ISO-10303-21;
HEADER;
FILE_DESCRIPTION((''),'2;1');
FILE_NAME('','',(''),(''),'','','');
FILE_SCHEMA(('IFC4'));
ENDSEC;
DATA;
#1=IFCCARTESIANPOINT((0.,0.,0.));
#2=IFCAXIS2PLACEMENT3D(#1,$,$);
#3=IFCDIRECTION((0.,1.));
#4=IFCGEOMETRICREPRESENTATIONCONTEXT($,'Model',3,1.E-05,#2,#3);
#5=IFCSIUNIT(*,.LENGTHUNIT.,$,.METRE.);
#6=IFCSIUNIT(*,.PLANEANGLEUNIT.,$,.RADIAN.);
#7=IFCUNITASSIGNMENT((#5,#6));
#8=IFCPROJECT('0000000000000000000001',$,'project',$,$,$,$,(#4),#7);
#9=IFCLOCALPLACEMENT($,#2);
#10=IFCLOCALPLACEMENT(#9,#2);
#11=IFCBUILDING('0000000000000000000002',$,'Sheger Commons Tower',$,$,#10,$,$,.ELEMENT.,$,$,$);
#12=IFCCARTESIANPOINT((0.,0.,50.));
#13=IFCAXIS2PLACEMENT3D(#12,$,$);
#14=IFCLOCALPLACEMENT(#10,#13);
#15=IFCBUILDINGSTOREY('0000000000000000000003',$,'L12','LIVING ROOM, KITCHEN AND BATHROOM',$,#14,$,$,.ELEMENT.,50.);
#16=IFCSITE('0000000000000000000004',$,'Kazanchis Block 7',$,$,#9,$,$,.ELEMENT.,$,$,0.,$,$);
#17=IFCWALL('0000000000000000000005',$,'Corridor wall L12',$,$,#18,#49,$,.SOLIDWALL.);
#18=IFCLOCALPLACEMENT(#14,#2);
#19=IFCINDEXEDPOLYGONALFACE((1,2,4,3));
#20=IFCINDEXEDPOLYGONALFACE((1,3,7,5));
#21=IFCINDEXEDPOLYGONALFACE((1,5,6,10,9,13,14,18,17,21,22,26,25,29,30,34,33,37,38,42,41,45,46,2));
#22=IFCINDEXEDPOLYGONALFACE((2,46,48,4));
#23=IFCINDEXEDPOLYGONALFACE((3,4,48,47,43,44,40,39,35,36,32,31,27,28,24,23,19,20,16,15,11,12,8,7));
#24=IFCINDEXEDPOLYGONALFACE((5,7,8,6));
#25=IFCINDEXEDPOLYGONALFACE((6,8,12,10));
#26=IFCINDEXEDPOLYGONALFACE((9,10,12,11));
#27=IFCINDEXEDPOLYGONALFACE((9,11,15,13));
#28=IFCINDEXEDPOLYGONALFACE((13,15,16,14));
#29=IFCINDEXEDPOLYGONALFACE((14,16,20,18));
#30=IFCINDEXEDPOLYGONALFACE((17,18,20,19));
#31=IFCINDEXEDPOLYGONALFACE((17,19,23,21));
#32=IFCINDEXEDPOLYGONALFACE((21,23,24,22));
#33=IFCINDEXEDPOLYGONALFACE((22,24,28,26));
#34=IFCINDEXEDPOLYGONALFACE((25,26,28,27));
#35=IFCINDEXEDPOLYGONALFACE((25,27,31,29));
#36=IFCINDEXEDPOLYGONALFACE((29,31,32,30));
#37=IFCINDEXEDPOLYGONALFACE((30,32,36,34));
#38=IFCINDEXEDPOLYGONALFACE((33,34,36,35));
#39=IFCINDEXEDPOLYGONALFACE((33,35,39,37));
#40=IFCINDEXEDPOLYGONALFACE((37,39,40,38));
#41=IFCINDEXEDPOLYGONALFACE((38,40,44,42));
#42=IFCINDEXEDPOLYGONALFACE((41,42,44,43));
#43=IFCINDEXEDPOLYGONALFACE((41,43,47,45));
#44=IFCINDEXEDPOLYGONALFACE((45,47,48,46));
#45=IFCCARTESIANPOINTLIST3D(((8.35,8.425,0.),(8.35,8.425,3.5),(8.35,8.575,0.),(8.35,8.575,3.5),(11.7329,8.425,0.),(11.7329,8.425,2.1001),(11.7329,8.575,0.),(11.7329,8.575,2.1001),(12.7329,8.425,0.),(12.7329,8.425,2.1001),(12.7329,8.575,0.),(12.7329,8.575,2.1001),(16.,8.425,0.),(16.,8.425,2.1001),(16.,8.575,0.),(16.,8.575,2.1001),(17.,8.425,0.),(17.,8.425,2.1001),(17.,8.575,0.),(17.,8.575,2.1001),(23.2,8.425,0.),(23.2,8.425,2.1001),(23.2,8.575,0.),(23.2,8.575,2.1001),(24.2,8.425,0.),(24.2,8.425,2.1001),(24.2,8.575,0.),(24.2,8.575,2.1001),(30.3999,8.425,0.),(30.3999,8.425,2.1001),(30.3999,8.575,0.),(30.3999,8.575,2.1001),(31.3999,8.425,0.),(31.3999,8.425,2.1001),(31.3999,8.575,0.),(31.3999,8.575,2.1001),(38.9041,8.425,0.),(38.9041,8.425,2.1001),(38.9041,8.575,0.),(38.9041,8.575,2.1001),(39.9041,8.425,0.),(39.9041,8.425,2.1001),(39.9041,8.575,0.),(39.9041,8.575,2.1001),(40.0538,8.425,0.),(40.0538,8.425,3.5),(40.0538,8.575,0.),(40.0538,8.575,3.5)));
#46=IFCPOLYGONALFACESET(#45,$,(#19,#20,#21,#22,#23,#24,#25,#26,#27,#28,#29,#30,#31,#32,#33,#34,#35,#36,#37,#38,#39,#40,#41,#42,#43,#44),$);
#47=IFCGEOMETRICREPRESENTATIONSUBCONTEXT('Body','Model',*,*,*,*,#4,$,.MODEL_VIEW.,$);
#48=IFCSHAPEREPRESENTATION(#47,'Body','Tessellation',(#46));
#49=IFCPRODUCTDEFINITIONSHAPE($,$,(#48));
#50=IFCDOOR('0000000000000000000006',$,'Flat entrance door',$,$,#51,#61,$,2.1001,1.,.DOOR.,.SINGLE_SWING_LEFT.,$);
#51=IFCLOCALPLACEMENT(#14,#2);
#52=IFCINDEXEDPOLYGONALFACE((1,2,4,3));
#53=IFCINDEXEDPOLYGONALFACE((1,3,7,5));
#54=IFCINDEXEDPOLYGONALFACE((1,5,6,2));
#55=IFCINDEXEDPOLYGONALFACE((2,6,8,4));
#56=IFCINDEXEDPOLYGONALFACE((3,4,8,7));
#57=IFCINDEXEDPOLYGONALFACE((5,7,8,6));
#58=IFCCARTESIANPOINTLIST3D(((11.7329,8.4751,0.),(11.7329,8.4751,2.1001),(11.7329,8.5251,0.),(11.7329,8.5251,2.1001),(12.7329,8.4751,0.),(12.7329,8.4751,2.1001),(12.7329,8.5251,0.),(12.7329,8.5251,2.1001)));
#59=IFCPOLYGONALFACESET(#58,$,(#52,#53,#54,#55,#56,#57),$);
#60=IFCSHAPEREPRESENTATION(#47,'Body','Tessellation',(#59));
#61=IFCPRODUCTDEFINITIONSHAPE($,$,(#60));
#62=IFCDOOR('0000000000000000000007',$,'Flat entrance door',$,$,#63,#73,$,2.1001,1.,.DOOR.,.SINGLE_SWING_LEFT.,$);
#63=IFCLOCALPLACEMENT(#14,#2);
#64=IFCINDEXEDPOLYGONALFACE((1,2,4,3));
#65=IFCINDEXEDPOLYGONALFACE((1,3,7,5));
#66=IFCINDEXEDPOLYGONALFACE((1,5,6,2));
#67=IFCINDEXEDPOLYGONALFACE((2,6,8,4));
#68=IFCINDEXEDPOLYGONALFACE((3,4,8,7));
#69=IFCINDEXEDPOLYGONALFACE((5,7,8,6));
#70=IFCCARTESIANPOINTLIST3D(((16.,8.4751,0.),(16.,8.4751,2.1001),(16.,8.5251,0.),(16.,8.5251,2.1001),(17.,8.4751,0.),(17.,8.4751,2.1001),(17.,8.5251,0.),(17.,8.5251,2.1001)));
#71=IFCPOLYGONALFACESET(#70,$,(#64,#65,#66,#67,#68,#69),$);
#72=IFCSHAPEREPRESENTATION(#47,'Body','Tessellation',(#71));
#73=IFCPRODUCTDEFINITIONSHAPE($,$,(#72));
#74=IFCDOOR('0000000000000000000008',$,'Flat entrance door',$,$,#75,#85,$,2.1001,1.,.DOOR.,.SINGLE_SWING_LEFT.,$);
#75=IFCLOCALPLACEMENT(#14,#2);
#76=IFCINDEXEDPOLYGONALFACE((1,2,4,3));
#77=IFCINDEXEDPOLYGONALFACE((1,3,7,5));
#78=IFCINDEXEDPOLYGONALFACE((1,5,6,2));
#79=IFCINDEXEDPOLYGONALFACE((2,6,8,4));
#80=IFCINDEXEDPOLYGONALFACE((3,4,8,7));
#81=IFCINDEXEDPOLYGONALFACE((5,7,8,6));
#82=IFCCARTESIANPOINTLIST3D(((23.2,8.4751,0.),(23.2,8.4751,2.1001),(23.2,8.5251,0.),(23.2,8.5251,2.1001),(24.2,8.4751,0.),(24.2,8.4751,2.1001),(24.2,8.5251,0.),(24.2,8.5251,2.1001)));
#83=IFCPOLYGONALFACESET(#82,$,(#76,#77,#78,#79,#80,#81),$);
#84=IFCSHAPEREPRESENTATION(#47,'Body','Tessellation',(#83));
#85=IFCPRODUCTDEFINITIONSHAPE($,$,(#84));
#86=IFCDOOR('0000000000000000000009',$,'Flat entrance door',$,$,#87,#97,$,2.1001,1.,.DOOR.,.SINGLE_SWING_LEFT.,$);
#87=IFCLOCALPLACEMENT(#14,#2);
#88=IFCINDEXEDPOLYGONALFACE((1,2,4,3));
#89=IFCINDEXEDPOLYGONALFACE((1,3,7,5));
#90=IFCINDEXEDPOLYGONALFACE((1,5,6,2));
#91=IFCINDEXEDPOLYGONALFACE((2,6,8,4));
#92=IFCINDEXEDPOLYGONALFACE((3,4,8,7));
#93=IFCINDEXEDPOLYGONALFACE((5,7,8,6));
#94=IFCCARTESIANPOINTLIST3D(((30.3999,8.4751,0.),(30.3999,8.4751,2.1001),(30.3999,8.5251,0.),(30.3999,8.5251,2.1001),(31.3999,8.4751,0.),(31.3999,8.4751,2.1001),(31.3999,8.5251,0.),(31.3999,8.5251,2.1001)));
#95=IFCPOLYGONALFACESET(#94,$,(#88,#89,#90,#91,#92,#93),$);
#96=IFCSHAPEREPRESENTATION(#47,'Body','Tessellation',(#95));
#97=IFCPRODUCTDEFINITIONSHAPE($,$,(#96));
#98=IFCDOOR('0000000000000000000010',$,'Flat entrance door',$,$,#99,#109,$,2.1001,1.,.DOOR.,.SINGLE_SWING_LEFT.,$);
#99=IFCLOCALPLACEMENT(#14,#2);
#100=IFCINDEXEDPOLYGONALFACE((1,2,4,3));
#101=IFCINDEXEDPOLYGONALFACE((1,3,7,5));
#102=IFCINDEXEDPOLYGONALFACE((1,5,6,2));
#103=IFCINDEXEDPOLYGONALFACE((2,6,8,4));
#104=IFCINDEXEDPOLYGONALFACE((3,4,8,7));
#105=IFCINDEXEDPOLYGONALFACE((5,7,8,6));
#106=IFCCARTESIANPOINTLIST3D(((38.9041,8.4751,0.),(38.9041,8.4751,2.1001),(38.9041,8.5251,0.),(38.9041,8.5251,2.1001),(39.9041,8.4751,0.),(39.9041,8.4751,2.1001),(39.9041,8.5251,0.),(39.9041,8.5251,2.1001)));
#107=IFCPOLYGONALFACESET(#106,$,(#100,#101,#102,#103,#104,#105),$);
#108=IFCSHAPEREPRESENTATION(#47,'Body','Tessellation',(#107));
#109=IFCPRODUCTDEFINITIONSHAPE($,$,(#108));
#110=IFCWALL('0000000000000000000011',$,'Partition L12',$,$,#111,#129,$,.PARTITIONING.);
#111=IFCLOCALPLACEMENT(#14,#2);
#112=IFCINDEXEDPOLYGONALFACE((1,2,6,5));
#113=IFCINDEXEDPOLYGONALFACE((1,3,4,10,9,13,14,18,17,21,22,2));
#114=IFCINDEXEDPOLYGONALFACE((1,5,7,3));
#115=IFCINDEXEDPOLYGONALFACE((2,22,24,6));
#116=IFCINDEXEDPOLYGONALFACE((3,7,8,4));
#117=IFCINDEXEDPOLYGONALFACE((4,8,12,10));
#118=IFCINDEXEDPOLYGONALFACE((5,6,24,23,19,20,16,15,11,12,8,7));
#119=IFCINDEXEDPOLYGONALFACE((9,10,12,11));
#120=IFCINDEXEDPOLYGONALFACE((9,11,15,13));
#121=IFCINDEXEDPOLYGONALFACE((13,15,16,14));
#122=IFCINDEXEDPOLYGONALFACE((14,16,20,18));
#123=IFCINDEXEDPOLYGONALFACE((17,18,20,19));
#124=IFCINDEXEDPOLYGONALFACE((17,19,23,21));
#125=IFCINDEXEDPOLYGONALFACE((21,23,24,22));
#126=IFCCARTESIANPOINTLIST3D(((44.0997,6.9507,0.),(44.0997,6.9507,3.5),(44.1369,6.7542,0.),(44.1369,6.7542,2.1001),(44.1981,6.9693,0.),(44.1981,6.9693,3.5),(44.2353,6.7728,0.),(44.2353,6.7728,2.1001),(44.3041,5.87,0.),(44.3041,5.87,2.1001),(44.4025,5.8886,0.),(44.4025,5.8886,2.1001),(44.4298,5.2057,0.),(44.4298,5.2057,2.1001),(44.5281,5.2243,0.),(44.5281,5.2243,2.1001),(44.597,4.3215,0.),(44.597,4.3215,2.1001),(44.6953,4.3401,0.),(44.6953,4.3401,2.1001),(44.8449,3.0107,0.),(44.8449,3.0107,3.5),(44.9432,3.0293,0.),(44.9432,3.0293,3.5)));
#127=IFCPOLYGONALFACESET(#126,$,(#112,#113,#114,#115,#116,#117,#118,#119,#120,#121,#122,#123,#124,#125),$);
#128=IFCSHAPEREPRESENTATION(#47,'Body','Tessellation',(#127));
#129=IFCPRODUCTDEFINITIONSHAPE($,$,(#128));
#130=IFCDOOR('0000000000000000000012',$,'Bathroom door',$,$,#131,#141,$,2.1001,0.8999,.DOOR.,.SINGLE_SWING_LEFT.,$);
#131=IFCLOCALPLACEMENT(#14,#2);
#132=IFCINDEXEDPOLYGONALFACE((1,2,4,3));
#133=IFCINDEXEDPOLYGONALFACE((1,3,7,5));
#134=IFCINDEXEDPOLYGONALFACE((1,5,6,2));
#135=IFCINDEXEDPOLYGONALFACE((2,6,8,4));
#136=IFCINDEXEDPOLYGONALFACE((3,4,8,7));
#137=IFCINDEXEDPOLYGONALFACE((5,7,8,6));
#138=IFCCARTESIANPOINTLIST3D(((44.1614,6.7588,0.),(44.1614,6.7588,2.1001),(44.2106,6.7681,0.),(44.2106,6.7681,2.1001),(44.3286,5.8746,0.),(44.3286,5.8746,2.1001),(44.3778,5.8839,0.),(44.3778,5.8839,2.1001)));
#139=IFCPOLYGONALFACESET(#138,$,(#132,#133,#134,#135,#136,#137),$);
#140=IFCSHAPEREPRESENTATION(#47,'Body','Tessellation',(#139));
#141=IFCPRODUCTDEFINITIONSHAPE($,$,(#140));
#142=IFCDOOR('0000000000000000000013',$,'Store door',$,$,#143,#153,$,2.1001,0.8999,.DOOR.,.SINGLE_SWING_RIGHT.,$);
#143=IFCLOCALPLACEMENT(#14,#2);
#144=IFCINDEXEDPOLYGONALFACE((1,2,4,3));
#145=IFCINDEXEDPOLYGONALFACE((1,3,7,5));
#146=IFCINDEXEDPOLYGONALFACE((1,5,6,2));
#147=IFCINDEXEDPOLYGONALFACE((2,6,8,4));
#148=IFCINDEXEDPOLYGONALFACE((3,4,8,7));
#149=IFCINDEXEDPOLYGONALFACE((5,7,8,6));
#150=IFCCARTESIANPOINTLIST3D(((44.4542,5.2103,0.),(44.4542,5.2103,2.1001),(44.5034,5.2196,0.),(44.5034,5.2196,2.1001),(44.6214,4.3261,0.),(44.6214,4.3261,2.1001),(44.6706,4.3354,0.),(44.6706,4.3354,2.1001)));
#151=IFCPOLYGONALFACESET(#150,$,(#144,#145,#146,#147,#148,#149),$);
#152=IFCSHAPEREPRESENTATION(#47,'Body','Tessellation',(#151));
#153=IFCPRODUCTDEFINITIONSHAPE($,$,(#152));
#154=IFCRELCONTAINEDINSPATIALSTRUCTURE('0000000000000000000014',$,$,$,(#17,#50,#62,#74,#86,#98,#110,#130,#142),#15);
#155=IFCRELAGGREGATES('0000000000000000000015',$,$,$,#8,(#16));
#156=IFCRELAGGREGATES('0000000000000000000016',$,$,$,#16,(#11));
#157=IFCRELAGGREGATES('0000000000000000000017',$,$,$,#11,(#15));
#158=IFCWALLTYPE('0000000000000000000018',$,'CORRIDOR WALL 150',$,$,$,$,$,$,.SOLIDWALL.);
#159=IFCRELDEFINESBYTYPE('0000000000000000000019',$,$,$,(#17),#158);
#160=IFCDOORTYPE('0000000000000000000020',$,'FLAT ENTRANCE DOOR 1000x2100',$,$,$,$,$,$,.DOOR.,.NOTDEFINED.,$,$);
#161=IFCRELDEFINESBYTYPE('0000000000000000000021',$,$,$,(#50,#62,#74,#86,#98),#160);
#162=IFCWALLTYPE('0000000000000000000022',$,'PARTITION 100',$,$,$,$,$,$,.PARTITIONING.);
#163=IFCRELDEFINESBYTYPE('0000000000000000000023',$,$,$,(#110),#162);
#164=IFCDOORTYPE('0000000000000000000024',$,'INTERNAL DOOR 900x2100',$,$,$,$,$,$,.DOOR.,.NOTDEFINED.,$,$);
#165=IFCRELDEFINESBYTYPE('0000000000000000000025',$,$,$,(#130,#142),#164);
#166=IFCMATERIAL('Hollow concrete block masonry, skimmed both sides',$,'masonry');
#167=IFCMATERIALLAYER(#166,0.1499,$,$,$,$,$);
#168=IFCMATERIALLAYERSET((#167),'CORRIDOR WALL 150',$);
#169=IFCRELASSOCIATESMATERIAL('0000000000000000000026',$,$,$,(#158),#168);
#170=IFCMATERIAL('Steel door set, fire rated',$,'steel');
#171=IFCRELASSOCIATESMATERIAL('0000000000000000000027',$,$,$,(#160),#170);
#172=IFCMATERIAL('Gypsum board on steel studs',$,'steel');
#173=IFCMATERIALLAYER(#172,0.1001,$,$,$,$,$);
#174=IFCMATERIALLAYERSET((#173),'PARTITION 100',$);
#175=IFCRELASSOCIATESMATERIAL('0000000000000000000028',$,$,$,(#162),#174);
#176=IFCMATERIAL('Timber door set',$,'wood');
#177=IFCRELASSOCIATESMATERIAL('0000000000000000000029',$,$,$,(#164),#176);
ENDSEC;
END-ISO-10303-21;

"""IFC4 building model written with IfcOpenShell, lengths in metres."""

from ifc_helpers import new_model, si_unit, direction, frame, frame_2d, origin, place, context, subcontext, project, spatial, rectangle, extrude, material, layer, layer_set, type_object, element, fill, save


model = new_model("IFC4")

# Units and contexts
model_context = context("Model", 3, precision=1e-05, world=origin(), true_north=direction((0.0, 1.0)))
body_context = subcontext(model_context, "Body", "Model", "MODEL_VIEW")
ifc_project = project(units=[si_unit("LENGTHUNIT", "METRE"), si_unit("PLANEANGLEUNIT", "RADIAN")], contexts=[model_context])

# Site, building, storey
site_placement = place(None, origin())
site = spatial("IfcSite", under=ifc_project, at=site_placement, Name="Kazanchis Block 7", CompositionType="ELEMENT", RefElevation=0.0)
building_placement = place(site_placement, origin())
building = spatial("IfcBuilding", under=site, at=building_placement, Name="Sheger Commons Tower", CompositionType="ELEMENT")
storey_placement = place(building_placement, frame((0.0, 0.0, 50.0)))
storey = spatial("IfcBuildingStorey", under=building, at=storey_placement, Name="L12", Description="LIVING ROOM, KITCHEN AND BATHROOM", CompositionType="ELEMENT", Elevation=50.0)

# Walls, openings, doors
ifc_material_1 = material(Name="Hollow concrete block masonry, skimmed both sides", Category="masonry")
ifc_layer_1 = layer(ifc_material_1, 0.1499)
ifc_layer_set_1 = layer_set([ifc_layer_1], Name="CORRIDOR WALL 150")
wall_type_1 = type_object("IfcWallType", Name="CORRIDOR WALL 150", PredefinedType="SOLIDWALL", material=ifc_layer_set_1)
wall_1_placement = place(storey_placement, frame((40.054, 8.5, 0.0), z_axis=(0.0, 0.0, 1.0), x_axis=(-1.0, 0.0, 0.0)))
wall_1 = element("IfcWall", 1, at=wall_1_placement, inside=storey, type_object=wall_type_1, Name="Corridor wall L12", PredefinedType="SOLIDWALL", context=body_context, shape_type="SweptSolid", body=[
    extrude(rectangle(XDim=31.7039, YDim=0.1499, at=frame_2d((15.8521, 0.0))), origin(), (0.0, 0.0, 1.0), 3.5),
])
opening_1_placement = place(wall_1_placement, frame((27.321, 0.0, 0.0)))
opening_1 = element("IfcOpeningElement", 2, at=opening_1_placement, cuts=wall_1, PredefinedType="OPENING", context=body_context, shape_type="SweptSolid", body=[
    extrude(rectangle(XDim=1.0, YDim=2.1001, at=frame_2d((0.5, 1.05))), frame((0.0, 0.085, 0.0), z_axis=(0.0, -1.0, 0.0), x_axis=(1.0, 0.0, 0.0)), (0.0, 0.0, 1.0), 0.1699),
])
opening_2_placement = place(wall_1_placement, frame((23.054, 0.0, 0.0)))
opening_2 = element("IfcOpeningElement", 3, at=opening_2_placement, cuts=wall_1, PredefinedType="OPENING", context=body_context, shape_type="SweptSolid", body=[
    extrude(rectangle(XDim=1.0, YDim=2.1001, at=frame_2d((0.5, 1.05))), frame((0.0, 0.085, 0.0), z_axis=(0.0, -1.0, 0.0), x_axis=(1.0, 0.0, 0.0)), (0.0, 0.0, 1.0), 0.1699),
])
opening_3_placement = place(wall_1_placement, frame((15.854, 0.0, 0.0)))
opening_3 = element("IfcOpeningElement", 4, at=opening_3_placement, cuts=wall_1, PredefinedType="OPENING", context=body_context, shape_type="SweptSolid", body=[
    extrude(rectangle(XDim=1.0, YDim=2.1001, at=frame_2d((0.5, 1.05))), frame((0.0, 0.085, 0.0), z_axis=(0.0, -1.0, 0.0), x_axis=(1.0, 0.0, 0.0)), (0.0, 0.0, 1.0), 0.1699),
])
opening_4_placement = place(wall_1_placement, frame((8.6541, 0.0, 0.0)))
opening_4 = element("IfcOpeningElement", 5, at=opening_4_placement, cuts=wall_1, PredefinedType="OPENING", context=body_context, shape_type="SweptSolid", body=[
    extrude(rectangle(XDim=1.0, YDim=2.1001, at=frame_2d((0.5, 1.05))), frame((0.0, 0.085, 0.0), z_axis=(0.0, -1.0, 0.0), x_axis=(1.0, 0.0, 0.0)), (0.0, 0.0, 1.0), 0.1699),
])
opening_5_placement = place(wall_1_placement, frame((0.1499, 0.0, 0.0)))
opening_5 = element("IfcOpeningElement", 6, at=opening_5_placement, cuts=wall_1, PredefinedType="OPENING", context=body_context, shape_type="SweptSolid", body=[
    extrude(rectangle(XDim=1.0, YDim=2.1001, at=frame_2d((0.5, 1.05))), frame((0.0, 0.085, 0.0), z_axis=(0.0, -1.0, 0.0), x_axis=(1.0, 0.0, 0.0)), (0.0, 0.0, 1.0), 0.1699),
])
ifc_material_2 = material(Name="Steel door set, fire rated", Category="steel")
door_type_1 = type_object("IfcDoorType", Name="FLAT ENTRANCE DOOR 1000x2100", OperationType="NOTDEFINED", PredefinedType="DOOR", material=ifc_material_2)
door_1_placement = place(opening_1_placement, origin())
door_1 = element("IfcDoor", 7, at=door_1_placement, inside=storey, type_object=door_type_1, Name="Flat entrance door", OperationType="SINGLE_SWING_LEFT", OverallHeight=2.1001, OverallWidth=1.0, PredefinedType="DOOR", context=body_context, shape_type="SweptSolid", body=[
    extrude(rectangle(XDim=1.0, YDim=2.1001, at=frame_2d((0.5, 1.05))), frame((0.0, 0.0249, 0.0), z_axis=(0.0, -1.0, 0.0), x_axis=(1.0, 0.0, 0.0)), (0.0, 0.0, 1.0), 0.05),
])
fill(opening_1, door_1)
door_2_placement = place(opening_2_placement, origin())
door_2 = element("IfcDoor", 8, at=door_2_placement, inside=storey, type_object=door_type_1, Name="Flat entrance door", OperationType="SINGLE_SWING_LEFT", OverallHeight=2.1001, OverallWidth=1.0, PredefinedType="DOOR", context=body_context, shape_type="SweptSolid", body=[
    extrude(rectangle(XDim=1.0, YDim=2.1001, at=frame_2d((0.5, 1.05))), frame((0.0, 0.0249, 0.0), z_axis=(0.0, -1.0, 0.0), x_axis=(1.0, 0.0, 0.0)), (0.0, 0.0, 1.0), 0.05),
])
fill(opening_2, door_2)
door_3_placement = place(opening_3_placement, origin())
door_3 = element("IfcDoor", 9, at=door_3_placement, inside=storey, type_object=door_type_1, Name="Flat entrance door", OperationType="SINGLE_SWING_LEFT", OverallHeight=2.1001, OverallWidth=1.0, PredefinedType="DOOR", context=body_context, shape_type="SweptSolid", body=[
    extrude(rectangle(XDim=1.0, YDim=2.1001, at=frame_2d((0.5, 1.05))), frame((0.0, 0.0249, 0.0), z_axis=(0.0, -1.0, 0.0), x_axis=(1.0, 0.0, 0.0)), (0.0, 0.0, 1.0), 0.05),
])
fill(opening_3, door_3)
door_4_placement = place(opening_4_placement, origin())
door_4 = element("IfcDoor", 10, at=door_4_placement, inside=storey, type_object=door_type_1, Name="Flat entrance door", OperationType="SINGLE_SWING_LEFT", OverallHeight=2.1001, OverallWidth=1.0, PredefinedType="DOOR", context=body_context, shape_type="SweptSolid", body=[
    extrude(rectangle(XDim=1.0, YDim=2.1001, at=frame_2d((0.5, 1.05))), frame((0.0, 0.0249, 0.0), z_axis=(0.0, -1.0, 0.0), x_axis=(1.0, 0.0, 0.0)), (0.0, 0.0, 1.0), 0.05),
])
fill(opening_4, door_4)
door_5_placement = place(opening_5_placement, origin())
door_5 = element("IfcDoor", 11, at=door_5_placement, inside=storey, type_object=door_type_1, Name="Flat entrance door", OperationType="SINGLE_SWING_LEFT", OverallHeight=2.1001, OverallWidth=1.0, PredefinedType="DOOR", context=body_context, shape_type="SweptSolid", body=[
    extrude(rectangle(XDim=1.0, YDim=2.1001, at=frame_2d((0.5, 1.05))), frame((0.0, 0.0249, 0.0), z_axis=(0.0, -1.0, 0.0), x_axis=(1.0, 0.0, 0.0)), (0.0, 0.0, 1.0), 0.05),
])
fill(opening_5, door_5)
ifc_material_3 = material(Name="Gypsum board on steel studs", Category="steel")
ifc_layer_2 = layer(ifc_material_3, 0.1001)
ifc_layer_set_2 = layer_set([ifc_layer_2], Name="PARTITION 100")
wall_type_2 = type_object("IfcWallType", Name="PARTITION 100", PredefinedType="PARTITIONING", material=ifc_layer_set_2)
wall_2_placement = place(storey_placement, frame((44.1489, 6.96, 0.0), z_axis=(0.0, 0.0, 1.0), x_axis=(0.185825, -0.982583, 0.0)))
wall_2 = element("IfcWall", 12, at=wall_2_placement, inside=storey, type_object=wall_type_2, Name="Partition L12", PredefinedType="PARTITIONING", context=body_context, shape_type="SweptSolid", body=[
    extrude(rectangle(XDim=4.0098, YDim=0.1001, at=frame_2d((2.0049, 0.0))), origin(), (0.0, 0.0, 1.0), 3.5),
])
opening_6_placement = place(wall_2_placement, frame((0.2, 0.0, 0.0)))
opening_6 = element("IfcOpeningElement", 13, at=opening_6_placement, cuts=wall_2, PredefinedType="OPENING", context=body_context, shape_type="SweptSolid", body=[
    extrude(rectangle(XDim=0.8999, YDim=2.1001, at=frame_2d((0.45, 1.05))), frame((0.0, 0.0601, 0.0), z_axis=(0.0, -1.0, 0.0), x_axis=(1.0, 0.0, 0.0)), (0.0, 0.0, 1.0), 0.1201),
])
opening_7_placement = place(wall_2_placement, frame((1.7759, 0.0, 0.0)))
opening_7 = element("IfcOpeningElement", 14, at=opening_7_placement, cuts=wall_2, PredefinedType="OPENING", context=body_context, shape_type="SweptSolid", body=[
    extrude(rectangle(XDim=0.8999, YDim=2.1001, at=frame_2d((0.45, 1.05))), frame((0.0, 0.0601, 0.0), z_axis=(0.0, -1.0, 0.0), x_axis=(1.0, 0.0, 0.0)), (0.0, 0.0, 1.0), 0.1201),
])
ifc_material_4 = material(Name="Timber door set", Category="wood")
door_type_2 = type_object("IfcDoorType", Name="INTERNAL DOOR 900x2100", OperationType="NOTDEFINED", PredefinedType="DOOR", material=ifc_material_4)
door_6_placement = place(opening_6_placement, origin())
door_6 = element("IfcDoor", 15, at=door_6_placement, inside=storey, type_object=door_type_2, Name="Bathroom door", OperationType="SINGLE_SWING_LEFT", OverallHeight=2.1001, OverallWidth=0.8999, PredefinedType="DOOR", context=body_context, shape_type="SweptSolid", body=[
    extrude(rectangle(XDim=0.8999, YDim=2.1001, at=frame_2d((0.45, 1.05))), frame((0.0, 0.0249, 0.0), z_axis=(0.0, -1.0, 0.0), x_axis=(1.0, 0.0, 0.0)), (0.0, 0.0, 1.0), 0.05),
])
fill(opening_6, door_6)
door_7_placement = place(opening_7_placement, origin())
door_7 = element("IfcDoor", 16, at=door_7_placement, inside=storey, type_object=door_type_2, Name="Store door", OperationType="SINGLE_SWING_RIGHT", OverallHeight=2.1001, OverallWidth=0.8999, PredefinedType="DOOR", context=body_context, shape_type="SweptSolid", body=[
    extrude(rectangle(XDim=0.8999, YDim=2.1001, at=frame_2d((0.45, 1.05))), frame((0.0, 0.0249, 0.0), z_axis=(0.0, -1.0, 0.0), x_axis=(1.0, 0.0, 0.0)), (0.0, 0.0, 1.0), 0.05),
])
fill(opening_7, door_7)

save(model, "model.ifc")
